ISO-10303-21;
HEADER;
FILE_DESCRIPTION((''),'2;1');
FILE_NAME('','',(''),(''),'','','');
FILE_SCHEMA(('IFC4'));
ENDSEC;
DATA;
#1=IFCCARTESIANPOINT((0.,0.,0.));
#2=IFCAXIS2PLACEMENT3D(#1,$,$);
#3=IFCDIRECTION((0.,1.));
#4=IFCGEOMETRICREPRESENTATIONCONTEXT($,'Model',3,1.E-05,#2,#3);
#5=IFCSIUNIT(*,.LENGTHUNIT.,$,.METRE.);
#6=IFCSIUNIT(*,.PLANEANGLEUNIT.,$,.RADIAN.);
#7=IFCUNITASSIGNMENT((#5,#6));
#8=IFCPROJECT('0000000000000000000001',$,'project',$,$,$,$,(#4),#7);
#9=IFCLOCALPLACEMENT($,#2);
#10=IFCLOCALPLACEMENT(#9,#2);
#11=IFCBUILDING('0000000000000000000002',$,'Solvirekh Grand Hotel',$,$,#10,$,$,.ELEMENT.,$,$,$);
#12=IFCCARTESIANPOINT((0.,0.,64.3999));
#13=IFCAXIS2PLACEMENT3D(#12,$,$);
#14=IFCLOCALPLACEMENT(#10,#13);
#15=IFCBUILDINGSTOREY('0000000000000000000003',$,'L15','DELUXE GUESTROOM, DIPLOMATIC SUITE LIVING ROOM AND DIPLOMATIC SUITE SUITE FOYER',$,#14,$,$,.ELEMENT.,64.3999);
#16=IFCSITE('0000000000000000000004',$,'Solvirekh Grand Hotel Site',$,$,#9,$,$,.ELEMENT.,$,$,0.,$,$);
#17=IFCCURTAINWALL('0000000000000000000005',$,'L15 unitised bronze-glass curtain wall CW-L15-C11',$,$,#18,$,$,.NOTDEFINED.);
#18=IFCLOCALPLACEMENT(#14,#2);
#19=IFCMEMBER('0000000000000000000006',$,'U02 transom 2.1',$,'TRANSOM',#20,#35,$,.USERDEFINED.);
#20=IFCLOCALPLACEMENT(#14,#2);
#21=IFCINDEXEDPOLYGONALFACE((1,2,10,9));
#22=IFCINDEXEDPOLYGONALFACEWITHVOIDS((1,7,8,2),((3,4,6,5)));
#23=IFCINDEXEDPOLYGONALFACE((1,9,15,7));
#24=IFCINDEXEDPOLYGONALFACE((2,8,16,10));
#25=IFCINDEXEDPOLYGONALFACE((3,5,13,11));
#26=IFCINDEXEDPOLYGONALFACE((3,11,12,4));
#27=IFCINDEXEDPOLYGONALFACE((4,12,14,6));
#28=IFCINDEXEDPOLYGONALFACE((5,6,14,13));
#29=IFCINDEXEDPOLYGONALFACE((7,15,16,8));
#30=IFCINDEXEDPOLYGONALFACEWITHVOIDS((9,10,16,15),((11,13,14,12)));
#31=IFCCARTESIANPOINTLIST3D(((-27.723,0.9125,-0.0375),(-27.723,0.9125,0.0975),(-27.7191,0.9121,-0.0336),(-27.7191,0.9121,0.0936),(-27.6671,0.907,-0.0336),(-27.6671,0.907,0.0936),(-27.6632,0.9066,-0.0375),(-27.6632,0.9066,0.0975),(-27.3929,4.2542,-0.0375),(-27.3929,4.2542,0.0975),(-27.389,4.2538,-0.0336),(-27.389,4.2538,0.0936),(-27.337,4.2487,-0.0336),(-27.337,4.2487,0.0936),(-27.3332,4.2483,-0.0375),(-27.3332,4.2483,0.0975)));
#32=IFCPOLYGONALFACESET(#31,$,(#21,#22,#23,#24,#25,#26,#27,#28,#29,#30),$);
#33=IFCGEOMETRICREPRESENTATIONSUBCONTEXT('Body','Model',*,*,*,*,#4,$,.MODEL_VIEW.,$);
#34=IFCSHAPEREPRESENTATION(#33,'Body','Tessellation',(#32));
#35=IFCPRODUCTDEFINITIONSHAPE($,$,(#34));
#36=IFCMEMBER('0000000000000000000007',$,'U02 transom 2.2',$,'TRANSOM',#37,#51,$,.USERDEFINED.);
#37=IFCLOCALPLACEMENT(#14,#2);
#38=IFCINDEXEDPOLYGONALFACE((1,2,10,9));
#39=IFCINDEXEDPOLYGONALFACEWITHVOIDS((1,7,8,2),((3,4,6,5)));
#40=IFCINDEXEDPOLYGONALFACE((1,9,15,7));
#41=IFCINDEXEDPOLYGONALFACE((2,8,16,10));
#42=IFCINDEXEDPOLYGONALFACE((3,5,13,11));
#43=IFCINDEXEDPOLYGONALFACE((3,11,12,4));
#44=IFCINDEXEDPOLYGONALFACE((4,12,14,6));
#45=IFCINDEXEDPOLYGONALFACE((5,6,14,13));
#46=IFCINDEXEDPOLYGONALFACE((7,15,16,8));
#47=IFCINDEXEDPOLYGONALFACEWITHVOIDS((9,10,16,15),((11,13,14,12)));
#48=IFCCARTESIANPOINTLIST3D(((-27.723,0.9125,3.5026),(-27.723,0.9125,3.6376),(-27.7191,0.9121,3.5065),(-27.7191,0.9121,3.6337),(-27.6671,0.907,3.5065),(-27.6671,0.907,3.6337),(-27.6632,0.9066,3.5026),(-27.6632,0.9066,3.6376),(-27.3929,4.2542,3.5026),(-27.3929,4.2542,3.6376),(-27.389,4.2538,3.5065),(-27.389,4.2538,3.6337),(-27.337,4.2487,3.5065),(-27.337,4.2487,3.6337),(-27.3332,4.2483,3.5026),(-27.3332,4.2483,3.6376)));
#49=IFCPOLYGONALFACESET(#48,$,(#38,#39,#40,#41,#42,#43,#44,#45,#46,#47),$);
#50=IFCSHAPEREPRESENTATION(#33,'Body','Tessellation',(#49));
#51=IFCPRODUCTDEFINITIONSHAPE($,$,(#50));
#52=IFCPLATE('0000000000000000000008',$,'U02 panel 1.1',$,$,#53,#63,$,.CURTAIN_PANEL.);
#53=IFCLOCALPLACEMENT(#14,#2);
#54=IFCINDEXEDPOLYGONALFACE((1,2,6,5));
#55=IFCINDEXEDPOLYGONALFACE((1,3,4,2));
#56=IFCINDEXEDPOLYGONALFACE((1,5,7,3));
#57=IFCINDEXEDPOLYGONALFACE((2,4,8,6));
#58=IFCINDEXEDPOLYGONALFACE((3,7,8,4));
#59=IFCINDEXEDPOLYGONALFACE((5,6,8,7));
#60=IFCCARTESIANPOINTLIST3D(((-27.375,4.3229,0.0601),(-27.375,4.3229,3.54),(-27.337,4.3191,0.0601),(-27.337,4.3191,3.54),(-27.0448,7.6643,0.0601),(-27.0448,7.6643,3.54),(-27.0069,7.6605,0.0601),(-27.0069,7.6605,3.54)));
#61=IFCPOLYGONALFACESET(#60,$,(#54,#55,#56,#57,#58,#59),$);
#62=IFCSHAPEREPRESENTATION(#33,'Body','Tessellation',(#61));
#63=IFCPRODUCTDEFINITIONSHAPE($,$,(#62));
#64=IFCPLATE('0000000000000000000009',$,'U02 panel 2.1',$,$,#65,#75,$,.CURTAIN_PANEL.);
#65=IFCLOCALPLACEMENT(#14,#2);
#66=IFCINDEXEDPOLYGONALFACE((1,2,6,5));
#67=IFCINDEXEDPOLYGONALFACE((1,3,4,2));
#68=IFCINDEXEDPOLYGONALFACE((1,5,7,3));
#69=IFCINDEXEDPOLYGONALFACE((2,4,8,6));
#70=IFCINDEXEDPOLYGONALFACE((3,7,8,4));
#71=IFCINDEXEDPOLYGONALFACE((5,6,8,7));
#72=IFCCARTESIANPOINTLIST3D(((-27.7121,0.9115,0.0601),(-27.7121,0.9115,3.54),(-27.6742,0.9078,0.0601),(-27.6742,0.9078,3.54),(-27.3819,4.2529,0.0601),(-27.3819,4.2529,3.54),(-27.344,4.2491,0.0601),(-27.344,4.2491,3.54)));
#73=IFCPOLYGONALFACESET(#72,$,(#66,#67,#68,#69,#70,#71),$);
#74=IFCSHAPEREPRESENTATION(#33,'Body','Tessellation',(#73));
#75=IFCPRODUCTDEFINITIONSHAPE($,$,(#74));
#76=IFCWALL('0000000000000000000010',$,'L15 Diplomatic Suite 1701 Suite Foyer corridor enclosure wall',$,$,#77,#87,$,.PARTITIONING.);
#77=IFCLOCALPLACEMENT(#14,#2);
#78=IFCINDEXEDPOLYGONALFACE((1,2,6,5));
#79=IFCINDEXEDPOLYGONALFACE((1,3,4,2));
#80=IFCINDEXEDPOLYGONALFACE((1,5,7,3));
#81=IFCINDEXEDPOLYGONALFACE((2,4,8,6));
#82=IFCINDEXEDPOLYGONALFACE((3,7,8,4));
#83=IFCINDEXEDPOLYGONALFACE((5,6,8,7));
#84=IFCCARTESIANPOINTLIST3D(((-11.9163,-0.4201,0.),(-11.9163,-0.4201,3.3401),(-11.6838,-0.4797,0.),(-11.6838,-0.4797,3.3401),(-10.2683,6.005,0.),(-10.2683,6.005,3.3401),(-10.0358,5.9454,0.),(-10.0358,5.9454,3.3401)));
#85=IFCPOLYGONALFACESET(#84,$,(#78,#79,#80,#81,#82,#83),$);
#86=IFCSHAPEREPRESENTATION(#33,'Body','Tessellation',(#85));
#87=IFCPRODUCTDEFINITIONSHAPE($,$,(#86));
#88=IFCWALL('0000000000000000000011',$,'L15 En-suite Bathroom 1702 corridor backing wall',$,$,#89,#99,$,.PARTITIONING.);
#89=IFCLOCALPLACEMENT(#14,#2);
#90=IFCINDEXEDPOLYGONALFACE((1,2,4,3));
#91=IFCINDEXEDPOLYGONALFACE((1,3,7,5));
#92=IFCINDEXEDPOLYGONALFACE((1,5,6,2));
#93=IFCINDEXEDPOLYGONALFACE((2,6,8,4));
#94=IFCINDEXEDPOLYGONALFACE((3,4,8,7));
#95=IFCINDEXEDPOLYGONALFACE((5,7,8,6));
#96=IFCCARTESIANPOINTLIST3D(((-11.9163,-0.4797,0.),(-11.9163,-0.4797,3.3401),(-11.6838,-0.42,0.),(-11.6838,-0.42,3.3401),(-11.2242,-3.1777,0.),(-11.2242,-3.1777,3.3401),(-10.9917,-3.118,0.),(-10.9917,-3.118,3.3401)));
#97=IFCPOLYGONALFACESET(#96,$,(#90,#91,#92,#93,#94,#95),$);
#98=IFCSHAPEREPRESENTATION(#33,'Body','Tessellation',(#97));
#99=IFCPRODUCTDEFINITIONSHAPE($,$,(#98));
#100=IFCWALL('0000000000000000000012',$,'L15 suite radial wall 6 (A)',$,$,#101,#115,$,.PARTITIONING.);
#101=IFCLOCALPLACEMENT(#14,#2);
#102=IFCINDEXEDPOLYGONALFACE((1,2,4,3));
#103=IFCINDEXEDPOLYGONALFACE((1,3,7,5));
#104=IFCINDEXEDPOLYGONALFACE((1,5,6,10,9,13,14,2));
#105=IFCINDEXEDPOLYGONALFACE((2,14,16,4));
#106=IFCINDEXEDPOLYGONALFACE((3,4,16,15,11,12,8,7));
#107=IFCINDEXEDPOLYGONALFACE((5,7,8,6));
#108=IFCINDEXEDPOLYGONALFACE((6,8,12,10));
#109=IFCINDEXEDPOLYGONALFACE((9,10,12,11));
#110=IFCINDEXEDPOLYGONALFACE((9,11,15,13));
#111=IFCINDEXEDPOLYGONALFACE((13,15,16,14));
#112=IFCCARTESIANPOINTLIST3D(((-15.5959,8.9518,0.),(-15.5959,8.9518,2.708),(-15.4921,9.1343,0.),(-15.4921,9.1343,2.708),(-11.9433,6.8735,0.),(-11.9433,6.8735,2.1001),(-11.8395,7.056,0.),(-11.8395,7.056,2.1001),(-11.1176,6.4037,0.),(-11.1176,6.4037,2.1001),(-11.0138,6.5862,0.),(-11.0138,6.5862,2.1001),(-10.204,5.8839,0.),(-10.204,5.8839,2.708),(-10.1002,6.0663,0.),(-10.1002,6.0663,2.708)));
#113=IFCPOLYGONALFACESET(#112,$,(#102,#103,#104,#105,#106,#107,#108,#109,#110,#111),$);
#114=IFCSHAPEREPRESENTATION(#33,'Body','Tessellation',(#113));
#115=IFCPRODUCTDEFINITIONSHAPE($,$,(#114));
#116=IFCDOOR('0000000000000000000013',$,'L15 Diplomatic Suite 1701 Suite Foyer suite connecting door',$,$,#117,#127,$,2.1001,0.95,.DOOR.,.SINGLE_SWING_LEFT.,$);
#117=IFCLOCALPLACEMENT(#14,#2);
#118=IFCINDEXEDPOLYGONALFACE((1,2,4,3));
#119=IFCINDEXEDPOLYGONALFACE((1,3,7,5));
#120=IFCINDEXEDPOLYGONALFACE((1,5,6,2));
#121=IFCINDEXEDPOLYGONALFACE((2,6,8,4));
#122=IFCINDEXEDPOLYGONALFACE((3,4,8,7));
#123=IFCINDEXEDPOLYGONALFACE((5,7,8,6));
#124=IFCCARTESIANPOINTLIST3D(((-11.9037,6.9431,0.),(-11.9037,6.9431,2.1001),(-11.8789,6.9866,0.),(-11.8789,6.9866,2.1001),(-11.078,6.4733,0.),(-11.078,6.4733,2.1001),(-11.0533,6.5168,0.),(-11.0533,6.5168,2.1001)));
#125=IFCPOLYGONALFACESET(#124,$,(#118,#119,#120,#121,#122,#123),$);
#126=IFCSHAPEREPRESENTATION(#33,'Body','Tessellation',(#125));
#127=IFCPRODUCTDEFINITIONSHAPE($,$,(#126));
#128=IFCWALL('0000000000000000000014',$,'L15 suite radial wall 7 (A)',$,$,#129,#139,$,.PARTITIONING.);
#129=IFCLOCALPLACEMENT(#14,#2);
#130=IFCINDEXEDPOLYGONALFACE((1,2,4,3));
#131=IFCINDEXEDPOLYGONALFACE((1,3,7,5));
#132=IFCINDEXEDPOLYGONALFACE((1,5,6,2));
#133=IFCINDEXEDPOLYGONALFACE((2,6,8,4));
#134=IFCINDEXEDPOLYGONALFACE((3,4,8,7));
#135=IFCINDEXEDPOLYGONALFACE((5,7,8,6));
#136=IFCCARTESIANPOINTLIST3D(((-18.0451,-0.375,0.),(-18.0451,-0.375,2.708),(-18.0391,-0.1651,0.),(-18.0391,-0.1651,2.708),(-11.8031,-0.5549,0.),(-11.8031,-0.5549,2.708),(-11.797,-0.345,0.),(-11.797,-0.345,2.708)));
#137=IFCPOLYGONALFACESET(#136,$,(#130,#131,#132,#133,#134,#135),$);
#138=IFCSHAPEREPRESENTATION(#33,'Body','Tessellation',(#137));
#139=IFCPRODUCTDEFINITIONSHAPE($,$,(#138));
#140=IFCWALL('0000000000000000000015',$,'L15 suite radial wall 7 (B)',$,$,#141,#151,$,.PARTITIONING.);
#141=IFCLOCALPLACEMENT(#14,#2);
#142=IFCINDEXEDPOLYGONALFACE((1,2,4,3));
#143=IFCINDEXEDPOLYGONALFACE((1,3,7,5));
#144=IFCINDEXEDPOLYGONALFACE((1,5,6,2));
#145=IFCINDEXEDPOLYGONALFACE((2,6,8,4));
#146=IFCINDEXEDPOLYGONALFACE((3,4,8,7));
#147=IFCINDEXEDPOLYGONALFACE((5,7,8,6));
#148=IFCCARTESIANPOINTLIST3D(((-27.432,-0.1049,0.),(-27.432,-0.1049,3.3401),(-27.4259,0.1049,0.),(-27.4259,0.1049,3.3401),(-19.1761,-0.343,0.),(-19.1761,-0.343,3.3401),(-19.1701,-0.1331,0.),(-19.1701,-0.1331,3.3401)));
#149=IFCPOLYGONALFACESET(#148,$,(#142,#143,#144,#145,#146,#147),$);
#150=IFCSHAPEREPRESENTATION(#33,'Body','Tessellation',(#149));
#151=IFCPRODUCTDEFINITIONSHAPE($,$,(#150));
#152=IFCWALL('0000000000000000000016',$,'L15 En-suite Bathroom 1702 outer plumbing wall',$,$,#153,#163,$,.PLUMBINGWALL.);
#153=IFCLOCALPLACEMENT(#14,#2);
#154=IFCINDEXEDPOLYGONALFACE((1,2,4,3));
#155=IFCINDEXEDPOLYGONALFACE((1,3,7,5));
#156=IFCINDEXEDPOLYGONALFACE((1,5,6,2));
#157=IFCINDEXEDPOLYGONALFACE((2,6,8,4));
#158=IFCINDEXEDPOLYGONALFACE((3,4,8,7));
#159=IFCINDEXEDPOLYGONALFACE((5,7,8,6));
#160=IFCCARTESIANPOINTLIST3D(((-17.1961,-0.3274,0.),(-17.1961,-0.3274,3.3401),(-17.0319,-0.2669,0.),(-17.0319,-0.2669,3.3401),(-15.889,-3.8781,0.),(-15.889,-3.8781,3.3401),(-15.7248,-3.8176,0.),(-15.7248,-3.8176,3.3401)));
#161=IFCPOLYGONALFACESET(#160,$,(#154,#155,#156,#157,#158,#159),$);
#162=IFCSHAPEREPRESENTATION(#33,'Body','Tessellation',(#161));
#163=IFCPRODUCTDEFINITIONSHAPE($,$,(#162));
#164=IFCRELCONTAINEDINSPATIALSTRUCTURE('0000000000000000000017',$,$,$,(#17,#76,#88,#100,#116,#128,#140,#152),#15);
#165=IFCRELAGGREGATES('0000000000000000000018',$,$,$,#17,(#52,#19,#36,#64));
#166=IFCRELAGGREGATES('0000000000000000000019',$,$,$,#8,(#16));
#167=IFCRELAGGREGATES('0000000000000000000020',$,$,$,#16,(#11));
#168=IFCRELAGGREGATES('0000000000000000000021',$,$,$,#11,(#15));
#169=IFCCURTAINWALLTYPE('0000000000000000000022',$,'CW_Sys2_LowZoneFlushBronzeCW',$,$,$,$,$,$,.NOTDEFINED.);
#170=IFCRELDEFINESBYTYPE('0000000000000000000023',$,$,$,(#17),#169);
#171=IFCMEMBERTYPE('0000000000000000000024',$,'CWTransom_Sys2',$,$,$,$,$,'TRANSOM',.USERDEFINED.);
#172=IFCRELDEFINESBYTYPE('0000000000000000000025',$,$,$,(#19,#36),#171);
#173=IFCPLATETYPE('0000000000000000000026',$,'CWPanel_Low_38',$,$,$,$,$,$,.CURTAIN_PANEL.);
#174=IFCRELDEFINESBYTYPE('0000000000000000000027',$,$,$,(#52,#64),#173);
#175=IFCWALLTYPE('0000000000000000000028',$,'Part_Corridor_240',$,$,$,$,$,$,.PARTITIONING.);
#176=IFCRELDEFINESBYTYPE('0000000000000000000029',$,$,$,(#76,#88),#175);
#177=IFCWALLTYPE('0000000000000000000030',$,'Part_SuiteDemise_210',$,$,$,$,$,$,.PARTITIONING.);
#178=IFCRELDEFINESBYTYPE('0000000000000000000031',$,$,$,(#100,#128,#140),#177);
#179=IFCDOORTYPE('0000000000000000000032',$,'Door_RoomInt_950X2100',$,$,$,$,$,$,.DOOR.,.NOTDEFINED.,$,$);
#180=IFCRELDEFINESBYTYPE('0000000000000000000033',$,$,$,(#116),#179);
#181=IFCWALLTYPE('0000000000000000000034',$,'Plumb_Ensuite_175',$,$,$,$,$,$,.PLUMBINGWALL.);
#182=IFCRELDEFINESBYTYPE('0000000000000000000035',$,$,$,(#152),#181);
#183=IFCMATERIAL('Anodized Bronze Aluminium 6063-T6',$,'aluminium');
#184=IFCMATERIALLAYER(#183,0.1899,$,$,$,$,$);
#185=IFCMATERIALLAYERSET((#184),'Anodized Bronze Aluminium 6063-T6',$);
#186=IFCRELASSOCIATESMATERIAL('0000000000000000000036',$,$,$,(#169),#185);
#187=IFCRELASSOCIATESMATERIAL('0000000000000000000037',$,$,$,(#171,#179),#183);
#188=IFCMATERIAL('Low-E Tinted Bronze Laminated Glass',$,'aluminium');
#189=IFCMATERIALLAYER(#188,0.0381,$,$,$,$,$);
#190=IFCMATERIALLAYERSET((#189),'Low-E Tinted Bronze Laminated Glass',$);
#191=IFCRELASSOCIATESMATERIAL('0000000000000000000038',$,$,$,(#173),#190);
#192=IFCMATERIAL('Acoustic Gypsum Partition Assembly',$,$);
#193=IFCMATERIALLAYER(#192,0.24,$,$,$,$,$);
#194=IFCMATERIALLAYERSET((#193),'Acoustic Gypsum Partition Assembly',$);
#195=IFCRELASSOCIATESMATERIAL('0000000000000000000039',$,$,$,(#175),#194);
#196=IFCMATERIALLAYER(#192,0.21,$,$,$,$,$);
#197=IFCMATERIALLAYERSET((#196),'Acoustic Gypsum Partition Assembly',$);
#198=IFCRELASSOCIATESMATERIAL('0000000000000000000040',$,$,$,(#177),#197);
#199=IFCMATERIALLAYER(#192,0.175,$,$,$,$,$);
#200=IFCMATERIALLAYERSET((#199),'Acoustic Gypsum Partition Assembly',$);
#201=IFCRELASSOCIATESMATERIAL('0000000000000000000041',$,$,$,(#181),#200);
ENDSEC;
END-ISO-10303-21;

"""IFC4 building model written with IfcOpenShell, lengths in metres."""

from ifc_helpers import new_model, si_unit, direction, frame, frame_2d, origin, origin_2d, place, context, subcontext, project, spatial, rectangle, hollow_rectangle, extrude, source, transform, mapped, material, layer, layer_set, material_profile, profile_set, type_object, element, fill, aggregate, save


model = new_model("IFC4")

# Units and contexts
model_context = context("Model", 3, precision=1e-05, world=origin(), true_north=direction((0.0, 1.0)))
body_context = subcontext(model_context, "Body", "Model", "MODEL_VIEW")
ifc_project = project(units=[si_unit("LENGTHUNIT", "METRE"), si_unit("PLANEANGLEUNIT", "RADIAN")], contexts=[model_context])

# Site, building, storey
site_placement = place(None, origin())
site = spatial("IfcSite", under=ifc_project, at=site_placement, Name="Solvirekh Grand Hotel Site", CompositionType="ELEMENT", RefElevation=0.0)
building_placement = place(site_placement, origin())
building = spatial("IfcBuilding", under=site, at=building_placement, Name="Solvirekh Grand Hotel", CompositionType="ELEMENT")
storey_placement = place(building_placement, frame((0.0, 0.0, 64.3999)))
storey = spatial("IfcBuildingStorey", under=building, at=storey_placement, Name="L15", Description="DELUXE GUESTROOM, DIPLOMATIC SUITE LIVING ROOM AND DIPLOMATIC SUITE SUITE FOYER", CompositionType="ELEMENT", Elevation=64.3999)

# Curtain wall, members, plates
ifc_material_1 = material(Name="Anodized Bronze Aluminium 6063-T6", Category="aluminium")
ifc_layer_1 = layer(ifc_material_1, 0.1899)
ifc_layer_set_1 = layer_set([ifc_layer_1], Name="Anodized Bronze Aluminium 6063-T6")
curtain_wall_type = type_object("IfcCurtainWallType", Name="CW_Sys2_LowZoneFlushBronzeCW", PredefinedType="NOTDEFINED", material=ifc_layer_set_1)
curtain_wall_placement = place(storey_placement, origin())
curtain_wall = element("IfcCurtainWall", 1, at=curtain_wall_placement, inside=storey, type_object=curtain_wall_type, Name="L15 unitised bronze-glass curtain wall CW-L15-C11", PredefinedType="NOTDEFINED")
ifc_material_profile_1 = material_profile(ifc_material_1, hollow_rectangle(XDim=0.0601, YDim=0.135, WallThickness=0.0039, at=origin_2d()), Name="ALU RHS 135X60X4")
ifc_profile_set_1 = profile_set([ifc_material_profile_1], Name="Anodized Bronze Aluminium 6063-T6")
member_type_1 = type_object("IfcMemberType", Name="CWTransom_Sys2", ElementType="TRANSOM", PredefinedType="USERDEFINED", material=ifc_profile_set_1)
shared_shape_1 = source(origin(), body_context, "Body", "SweptSolid", [
    extrude(hollow_rectangle(XDim=0.0601, YDim=0.135, WallThickness=0.0039, at=origin_2d()), origin(), (0.0, 0.0, 1.0), 3.3579),
])
member_1_placement = place(storey_placement, frame((-27.363, 4.2512, 0.03), z_axis=(-0.098301, -0.995157, 0.0), x_axis=(0.995157, -0.098301, 0.0)))
member_1 = element("IfcMember", 2, at=member_1_placement, type_object=member_type_1, Name="U02 transom 2.1", ObjectType="TRANSOM", PredefinedType="USERDEFINED", context=body_context, shape_type="MappedRepresentation", body=[
    mapped(shared_shape_1, transform((0.0, 0.0, 0.0), x_axis=(1.0, 0.0, 0.0), y_axis=(0.0, 1.0, 0.0), z_axis=(0.0, 0.0, 1.0), scale=1.0)),
])
member_2_placement = place(storey_placement, frame((-27.363, 4.2512, 3.5701), z_axis=(-0.098301, -0.995157, 0.0), x_axis=(0.995157, -0.098301, 0.0)))
member_2 = element("IfcMember", 3, at=member_2_placement, type_object=member_type_1, Name="U02 transom 2.2", ObjectType="TRANSOM", PredefinedType="USERDEFINED", context=body_context, shape_type="MappedRepresentation", body=[
    mapped(shared_shape_1, transform((0.0, 0.0, 0.0), x_axis=(1.0, 0.0, 0.0), y_axis=(0.0, 1.0, 0.0), z_axis=(0.0, 0.0, 1.0), scale=1.0)),
])
ifc_material_2 = material(Name="Low-E Tinted Bronze Laminated Glass", Category="aluminium")
ifc_layer_2 = layer(ifc_material_2, 0.0381)
ifc_layer_set_2 = layer_set([ifc_layer_2], Name="Low-E Tinted Bronze Laminated Glass")
plate_type = type_object("IfcPlateType", Name="CWPanel_Low_38", PredefinedType="CURTAIN_PANEL", material=ifc_layer_set_2)
shared_shape_2 = source(origin(), body_context, "Body", "SweptSolid", [
    extrude(rectangle(XDim=3.3577, YDim=0.0381, at=origin_2d()), origin(), (0.0, 0.0, 1.0), 3.48),
])
plate_1_placement = place(storey_placement, frame((-27.1909, 5.9917, 0.0601), z_axis=(0.0, 0.0, 1.0), x_axis=(-0.098331, -0.995154, 0.0)))
plate_1 = element("IfcPlate", 4, at=plate_1_placement, type_object=plate_type, Name="U02 panel 1.1", PredefinedType="CURTAIN_PANEL", context=body_context, shape_type="MappedRepresentation", body=[
    mapped(shared_shape_2, transform((0.0, 0.0, 0.0), x_axis=(1.0, 0.0, 0.0), y_axis=(0.0, 1.0, 0.0), z_axis=(0.0, 0.0, 1.0), scale=1.0)),
])
plate_2_placement = place(storey_placement, frame((-27.5281, 2.5803, 0.0601), z_axis=(0.0, 0.0, 1.0), x_axis=(-0.098331, -0.995154, 0.0)))
plate_2 = element("IfcPlate", 5, at=plate_2_placement, type_object=plate_type, Name="U02 panel 2.1", PredefinedType="CURTAIN_PANEL", context=body_context, shape_type="MappedRepresentation", body=[
    mapped(shared_shape_2, transform((0.0, 0.0, 0.0), x_axis=(1.0, 0.0, 0.0), y_axis=(0.0, 1.0, 0.0), z_axis=(0.0, 0.0, 1.0), scale=1.0)),
])
aggregate(curtain_wall, [plate_1, member_1, member_2, plate_2])

# Walls
ifc_material_3 = material(Name="Acoustic Gypsum Partition Assembly")
ifc_layer_3 = layer(ifc_material_3, 0.24)
ifc_layer_set_3 = layer_set([ifc_layer_3], Name="Acoustic Gypsum Partition Assembly")
wall_type_1 = type_object("IfcWallType", Name="Part_Corridor_240", PredefinedType="PARTITIONING", material=ifc_layer_set_3)
wall_1_placement = place(storey_placement, frame((-10.1521, 5.9751, 0.0), z_axis=(0.0, 0.0, 1.0), x_axis=(-0.248446, -0.968646, 0.0)))
element("IfcWall", 6, at=wall_1_placement, inside=storey, type_object=wall_type_1, Name="L15 Diplomatic Suite 1701 Suite Foyer corridor enclosure wall", PredefinedType="PARTITIONING", context=body_context, shape_type="SweptSolid", body=[
    extrude(rectangle(XDim=6.6331, YDim=0.24, at=frame_2d((3.3164, 0.0))), origin(), (0.0, 0.0, 1.0), 3.3401),
])
wall_2_placement = place(storey_placement, frame((-11.8, -0.45, 0.0), z_axis=(0.0, 0.0, 1.0), x_axis=(0.248491, -0.968634, 0.0)))
element("IfcWall", 7, at=wall_2_placement, inside=storey, type_object=wall_type_1, Name="L15 En-suite Bathroom 1702 corridor backing wall", PredefinedType="PARTITIONING", context=body_context, shape_type="SweptSolid", body=[
    extrude(rectangle(XDim=2.7854, YDim=0.24, at=frame_2d((1.3926, 0.0))), origin(), (0.0, 0.0, 1.0), 3.3401),
])

# Wall, opening, door
ifc_layer_4 = layer(ifc_material_3, 0.21)
ifc_layer_set_4 = layer_set([ifc_layer_4], Name="Acoustic Gypsum Partition Assembly")
wall_type_2 = type_object("IfcWallType", Name="Part_SuiteDemise_210", PredefinedType="PARTITIONING", material=ifc_layer_set_4)
wall_3_placement = place(storey_placement, frame((-10.1521, 5.9751, 0.0), z_axis=(0.0, 0.0, 1.0), x_axis=(-0.869157, 0.494536, 0.0)))
wall_3 = element("IfcWall", 8, at=wall_3_placement, inside=storey, type_object=wall_type_2, Name="L15 suite radial wall 6 (A)", PredefinedType="PARTITIONING", context=body_context, shape_type="SweptSolid", body=[
    extrude(rectangle(XDim=6.2036, YDim=0.21, at=frame_2d((3.1018, 0.0))), origin(), (0.0, 0.0, 1.0), 2.708),
])
opening_placement = place(wall_3_placement, frame((1.051, 0.0, 0.0)))
opening = element("IfcOpeningElement", 9, at=opening_placement, cuts=wall_3, PredefinedType="OPENING", context=body_context, shape_type="SweptSolid", body=[
    extrude(rectangle(XDim=0.95, YDim=2.1001, at=frame_2d((0.4751, 1.05))), frame((0.0, 0.115, 0.0), z_axis=(0.0, -1.0, 0.0), x_axis=(1.0, 0.0, 0.0)), (0.0, 0.0, 1.0), 0.23),
])
door_type = type_object("IfcDoorType", Name="Door_RoomInt_950X2100", OperationType="NOTDEFINED", PredefinedType="DOOR", material=ifc_material_1)
door_placement = place(opening_placement, origin())
door = element("IfcDoor", 10, at=door_placement, inside=storey, type_object=door_type, Name="L15 Diplomatic Suite 1701 Suite Foyer suite connecting door", OperationType="SINGLE_SWING_LEFT", OverallHeight=2.1001, OverallWidth=0.95, PredefinedType="DOOR", context=body_context, shape_type="SweptSolid", body=[
    extrude(rectangle(XDim=0.95, YDim=2.1001, at=frame_2d((0.4751, 1.05))), frame((0.0, 0.0249, 0.0), z_axis=(0.0, -1.0, 0.0), x_axis=(1.0, 0.0, 0.0)), (0.0, 0.0, 1.0), 0.05),
])
fill(opening, door)

# Walls
wall_4_placement = place(storey_placement, frame((-11.8, -0.45, 0.0), z_axis=(0.0, 0.0, 1.0), x_axis=(-0.999585, 0.028814, 0.0)))
element("IfcWall", 11, at=wall_4_placement, inside=storey, type_object=wall_type_2, Name="L15 suite radial wall 7 (A)", PredefinedType="PARTITIONING", context=body_context, shape_type="SweptSolid", body=[
    extrude(rectangle(XDim=6.2446, YDim=0.21, at=frame_2d((3.1223, 0.0))), origin(), (0.0, 0.0, 1.0), 2.708),
])
wall_5_placement = place(storey_placement, frame((-19.1731, -0.238, 0.0), z_axis=(0.0, 0.0, 1.0), x_axis=(-0.999585, 0.028821, 0.0)))
element("IfcWall", 12, at=wall_5_placement, inside=storey, type_object=wall_type_2, Name="L15 suite radial wall 7 (B)", PredefinedType="PARTITIONING", context=body_context, shape_type="SweptSolid", body=[
    extrude(rectangle(XDim=8.2593, YDim=0.21, at=frame_2d((4.1296, 0.0))), origin(), (0.0, 0.0, 1.0), 3.3401),
])
ifc_layer_5 = layer(ifc_material_3, 0.175)
ifc_layer_set_5 = layer_set([ifc_layer_5], Name="Acoustic Gypsum Partition Assembly")
wall_type_3 = type_object("IfcWallType", Name="Plumb_Ensuite_175", PredefinedType="PLUMBINGWALL", material=ifc_layer_set_5)
wall_6_placement = place(storey_placement, frame((-17.114, -0.2971, 0.0), z_axis=(0.0, 0.0, 1.0), x_axis=(0.34546, -0.938433, 0.0)))
element("IfcWall", 13, at=wall_6_placement, inside=storey, type_object=wall_type_3, Name="L15 En-suite Bathroom 1702 outer plumbing wall", PredefinedType="PLUMBINGWALL", context=body_context, shape_type="SweptSolid", body=[
    extrude(rectangle(XDim=3.7837, YDim=0.175, at=frame_2d((1.8918, 0.0))), origin(), (0.0, 0.0, 1.0), 3.3401),
])

save(model, "model.ifc")
